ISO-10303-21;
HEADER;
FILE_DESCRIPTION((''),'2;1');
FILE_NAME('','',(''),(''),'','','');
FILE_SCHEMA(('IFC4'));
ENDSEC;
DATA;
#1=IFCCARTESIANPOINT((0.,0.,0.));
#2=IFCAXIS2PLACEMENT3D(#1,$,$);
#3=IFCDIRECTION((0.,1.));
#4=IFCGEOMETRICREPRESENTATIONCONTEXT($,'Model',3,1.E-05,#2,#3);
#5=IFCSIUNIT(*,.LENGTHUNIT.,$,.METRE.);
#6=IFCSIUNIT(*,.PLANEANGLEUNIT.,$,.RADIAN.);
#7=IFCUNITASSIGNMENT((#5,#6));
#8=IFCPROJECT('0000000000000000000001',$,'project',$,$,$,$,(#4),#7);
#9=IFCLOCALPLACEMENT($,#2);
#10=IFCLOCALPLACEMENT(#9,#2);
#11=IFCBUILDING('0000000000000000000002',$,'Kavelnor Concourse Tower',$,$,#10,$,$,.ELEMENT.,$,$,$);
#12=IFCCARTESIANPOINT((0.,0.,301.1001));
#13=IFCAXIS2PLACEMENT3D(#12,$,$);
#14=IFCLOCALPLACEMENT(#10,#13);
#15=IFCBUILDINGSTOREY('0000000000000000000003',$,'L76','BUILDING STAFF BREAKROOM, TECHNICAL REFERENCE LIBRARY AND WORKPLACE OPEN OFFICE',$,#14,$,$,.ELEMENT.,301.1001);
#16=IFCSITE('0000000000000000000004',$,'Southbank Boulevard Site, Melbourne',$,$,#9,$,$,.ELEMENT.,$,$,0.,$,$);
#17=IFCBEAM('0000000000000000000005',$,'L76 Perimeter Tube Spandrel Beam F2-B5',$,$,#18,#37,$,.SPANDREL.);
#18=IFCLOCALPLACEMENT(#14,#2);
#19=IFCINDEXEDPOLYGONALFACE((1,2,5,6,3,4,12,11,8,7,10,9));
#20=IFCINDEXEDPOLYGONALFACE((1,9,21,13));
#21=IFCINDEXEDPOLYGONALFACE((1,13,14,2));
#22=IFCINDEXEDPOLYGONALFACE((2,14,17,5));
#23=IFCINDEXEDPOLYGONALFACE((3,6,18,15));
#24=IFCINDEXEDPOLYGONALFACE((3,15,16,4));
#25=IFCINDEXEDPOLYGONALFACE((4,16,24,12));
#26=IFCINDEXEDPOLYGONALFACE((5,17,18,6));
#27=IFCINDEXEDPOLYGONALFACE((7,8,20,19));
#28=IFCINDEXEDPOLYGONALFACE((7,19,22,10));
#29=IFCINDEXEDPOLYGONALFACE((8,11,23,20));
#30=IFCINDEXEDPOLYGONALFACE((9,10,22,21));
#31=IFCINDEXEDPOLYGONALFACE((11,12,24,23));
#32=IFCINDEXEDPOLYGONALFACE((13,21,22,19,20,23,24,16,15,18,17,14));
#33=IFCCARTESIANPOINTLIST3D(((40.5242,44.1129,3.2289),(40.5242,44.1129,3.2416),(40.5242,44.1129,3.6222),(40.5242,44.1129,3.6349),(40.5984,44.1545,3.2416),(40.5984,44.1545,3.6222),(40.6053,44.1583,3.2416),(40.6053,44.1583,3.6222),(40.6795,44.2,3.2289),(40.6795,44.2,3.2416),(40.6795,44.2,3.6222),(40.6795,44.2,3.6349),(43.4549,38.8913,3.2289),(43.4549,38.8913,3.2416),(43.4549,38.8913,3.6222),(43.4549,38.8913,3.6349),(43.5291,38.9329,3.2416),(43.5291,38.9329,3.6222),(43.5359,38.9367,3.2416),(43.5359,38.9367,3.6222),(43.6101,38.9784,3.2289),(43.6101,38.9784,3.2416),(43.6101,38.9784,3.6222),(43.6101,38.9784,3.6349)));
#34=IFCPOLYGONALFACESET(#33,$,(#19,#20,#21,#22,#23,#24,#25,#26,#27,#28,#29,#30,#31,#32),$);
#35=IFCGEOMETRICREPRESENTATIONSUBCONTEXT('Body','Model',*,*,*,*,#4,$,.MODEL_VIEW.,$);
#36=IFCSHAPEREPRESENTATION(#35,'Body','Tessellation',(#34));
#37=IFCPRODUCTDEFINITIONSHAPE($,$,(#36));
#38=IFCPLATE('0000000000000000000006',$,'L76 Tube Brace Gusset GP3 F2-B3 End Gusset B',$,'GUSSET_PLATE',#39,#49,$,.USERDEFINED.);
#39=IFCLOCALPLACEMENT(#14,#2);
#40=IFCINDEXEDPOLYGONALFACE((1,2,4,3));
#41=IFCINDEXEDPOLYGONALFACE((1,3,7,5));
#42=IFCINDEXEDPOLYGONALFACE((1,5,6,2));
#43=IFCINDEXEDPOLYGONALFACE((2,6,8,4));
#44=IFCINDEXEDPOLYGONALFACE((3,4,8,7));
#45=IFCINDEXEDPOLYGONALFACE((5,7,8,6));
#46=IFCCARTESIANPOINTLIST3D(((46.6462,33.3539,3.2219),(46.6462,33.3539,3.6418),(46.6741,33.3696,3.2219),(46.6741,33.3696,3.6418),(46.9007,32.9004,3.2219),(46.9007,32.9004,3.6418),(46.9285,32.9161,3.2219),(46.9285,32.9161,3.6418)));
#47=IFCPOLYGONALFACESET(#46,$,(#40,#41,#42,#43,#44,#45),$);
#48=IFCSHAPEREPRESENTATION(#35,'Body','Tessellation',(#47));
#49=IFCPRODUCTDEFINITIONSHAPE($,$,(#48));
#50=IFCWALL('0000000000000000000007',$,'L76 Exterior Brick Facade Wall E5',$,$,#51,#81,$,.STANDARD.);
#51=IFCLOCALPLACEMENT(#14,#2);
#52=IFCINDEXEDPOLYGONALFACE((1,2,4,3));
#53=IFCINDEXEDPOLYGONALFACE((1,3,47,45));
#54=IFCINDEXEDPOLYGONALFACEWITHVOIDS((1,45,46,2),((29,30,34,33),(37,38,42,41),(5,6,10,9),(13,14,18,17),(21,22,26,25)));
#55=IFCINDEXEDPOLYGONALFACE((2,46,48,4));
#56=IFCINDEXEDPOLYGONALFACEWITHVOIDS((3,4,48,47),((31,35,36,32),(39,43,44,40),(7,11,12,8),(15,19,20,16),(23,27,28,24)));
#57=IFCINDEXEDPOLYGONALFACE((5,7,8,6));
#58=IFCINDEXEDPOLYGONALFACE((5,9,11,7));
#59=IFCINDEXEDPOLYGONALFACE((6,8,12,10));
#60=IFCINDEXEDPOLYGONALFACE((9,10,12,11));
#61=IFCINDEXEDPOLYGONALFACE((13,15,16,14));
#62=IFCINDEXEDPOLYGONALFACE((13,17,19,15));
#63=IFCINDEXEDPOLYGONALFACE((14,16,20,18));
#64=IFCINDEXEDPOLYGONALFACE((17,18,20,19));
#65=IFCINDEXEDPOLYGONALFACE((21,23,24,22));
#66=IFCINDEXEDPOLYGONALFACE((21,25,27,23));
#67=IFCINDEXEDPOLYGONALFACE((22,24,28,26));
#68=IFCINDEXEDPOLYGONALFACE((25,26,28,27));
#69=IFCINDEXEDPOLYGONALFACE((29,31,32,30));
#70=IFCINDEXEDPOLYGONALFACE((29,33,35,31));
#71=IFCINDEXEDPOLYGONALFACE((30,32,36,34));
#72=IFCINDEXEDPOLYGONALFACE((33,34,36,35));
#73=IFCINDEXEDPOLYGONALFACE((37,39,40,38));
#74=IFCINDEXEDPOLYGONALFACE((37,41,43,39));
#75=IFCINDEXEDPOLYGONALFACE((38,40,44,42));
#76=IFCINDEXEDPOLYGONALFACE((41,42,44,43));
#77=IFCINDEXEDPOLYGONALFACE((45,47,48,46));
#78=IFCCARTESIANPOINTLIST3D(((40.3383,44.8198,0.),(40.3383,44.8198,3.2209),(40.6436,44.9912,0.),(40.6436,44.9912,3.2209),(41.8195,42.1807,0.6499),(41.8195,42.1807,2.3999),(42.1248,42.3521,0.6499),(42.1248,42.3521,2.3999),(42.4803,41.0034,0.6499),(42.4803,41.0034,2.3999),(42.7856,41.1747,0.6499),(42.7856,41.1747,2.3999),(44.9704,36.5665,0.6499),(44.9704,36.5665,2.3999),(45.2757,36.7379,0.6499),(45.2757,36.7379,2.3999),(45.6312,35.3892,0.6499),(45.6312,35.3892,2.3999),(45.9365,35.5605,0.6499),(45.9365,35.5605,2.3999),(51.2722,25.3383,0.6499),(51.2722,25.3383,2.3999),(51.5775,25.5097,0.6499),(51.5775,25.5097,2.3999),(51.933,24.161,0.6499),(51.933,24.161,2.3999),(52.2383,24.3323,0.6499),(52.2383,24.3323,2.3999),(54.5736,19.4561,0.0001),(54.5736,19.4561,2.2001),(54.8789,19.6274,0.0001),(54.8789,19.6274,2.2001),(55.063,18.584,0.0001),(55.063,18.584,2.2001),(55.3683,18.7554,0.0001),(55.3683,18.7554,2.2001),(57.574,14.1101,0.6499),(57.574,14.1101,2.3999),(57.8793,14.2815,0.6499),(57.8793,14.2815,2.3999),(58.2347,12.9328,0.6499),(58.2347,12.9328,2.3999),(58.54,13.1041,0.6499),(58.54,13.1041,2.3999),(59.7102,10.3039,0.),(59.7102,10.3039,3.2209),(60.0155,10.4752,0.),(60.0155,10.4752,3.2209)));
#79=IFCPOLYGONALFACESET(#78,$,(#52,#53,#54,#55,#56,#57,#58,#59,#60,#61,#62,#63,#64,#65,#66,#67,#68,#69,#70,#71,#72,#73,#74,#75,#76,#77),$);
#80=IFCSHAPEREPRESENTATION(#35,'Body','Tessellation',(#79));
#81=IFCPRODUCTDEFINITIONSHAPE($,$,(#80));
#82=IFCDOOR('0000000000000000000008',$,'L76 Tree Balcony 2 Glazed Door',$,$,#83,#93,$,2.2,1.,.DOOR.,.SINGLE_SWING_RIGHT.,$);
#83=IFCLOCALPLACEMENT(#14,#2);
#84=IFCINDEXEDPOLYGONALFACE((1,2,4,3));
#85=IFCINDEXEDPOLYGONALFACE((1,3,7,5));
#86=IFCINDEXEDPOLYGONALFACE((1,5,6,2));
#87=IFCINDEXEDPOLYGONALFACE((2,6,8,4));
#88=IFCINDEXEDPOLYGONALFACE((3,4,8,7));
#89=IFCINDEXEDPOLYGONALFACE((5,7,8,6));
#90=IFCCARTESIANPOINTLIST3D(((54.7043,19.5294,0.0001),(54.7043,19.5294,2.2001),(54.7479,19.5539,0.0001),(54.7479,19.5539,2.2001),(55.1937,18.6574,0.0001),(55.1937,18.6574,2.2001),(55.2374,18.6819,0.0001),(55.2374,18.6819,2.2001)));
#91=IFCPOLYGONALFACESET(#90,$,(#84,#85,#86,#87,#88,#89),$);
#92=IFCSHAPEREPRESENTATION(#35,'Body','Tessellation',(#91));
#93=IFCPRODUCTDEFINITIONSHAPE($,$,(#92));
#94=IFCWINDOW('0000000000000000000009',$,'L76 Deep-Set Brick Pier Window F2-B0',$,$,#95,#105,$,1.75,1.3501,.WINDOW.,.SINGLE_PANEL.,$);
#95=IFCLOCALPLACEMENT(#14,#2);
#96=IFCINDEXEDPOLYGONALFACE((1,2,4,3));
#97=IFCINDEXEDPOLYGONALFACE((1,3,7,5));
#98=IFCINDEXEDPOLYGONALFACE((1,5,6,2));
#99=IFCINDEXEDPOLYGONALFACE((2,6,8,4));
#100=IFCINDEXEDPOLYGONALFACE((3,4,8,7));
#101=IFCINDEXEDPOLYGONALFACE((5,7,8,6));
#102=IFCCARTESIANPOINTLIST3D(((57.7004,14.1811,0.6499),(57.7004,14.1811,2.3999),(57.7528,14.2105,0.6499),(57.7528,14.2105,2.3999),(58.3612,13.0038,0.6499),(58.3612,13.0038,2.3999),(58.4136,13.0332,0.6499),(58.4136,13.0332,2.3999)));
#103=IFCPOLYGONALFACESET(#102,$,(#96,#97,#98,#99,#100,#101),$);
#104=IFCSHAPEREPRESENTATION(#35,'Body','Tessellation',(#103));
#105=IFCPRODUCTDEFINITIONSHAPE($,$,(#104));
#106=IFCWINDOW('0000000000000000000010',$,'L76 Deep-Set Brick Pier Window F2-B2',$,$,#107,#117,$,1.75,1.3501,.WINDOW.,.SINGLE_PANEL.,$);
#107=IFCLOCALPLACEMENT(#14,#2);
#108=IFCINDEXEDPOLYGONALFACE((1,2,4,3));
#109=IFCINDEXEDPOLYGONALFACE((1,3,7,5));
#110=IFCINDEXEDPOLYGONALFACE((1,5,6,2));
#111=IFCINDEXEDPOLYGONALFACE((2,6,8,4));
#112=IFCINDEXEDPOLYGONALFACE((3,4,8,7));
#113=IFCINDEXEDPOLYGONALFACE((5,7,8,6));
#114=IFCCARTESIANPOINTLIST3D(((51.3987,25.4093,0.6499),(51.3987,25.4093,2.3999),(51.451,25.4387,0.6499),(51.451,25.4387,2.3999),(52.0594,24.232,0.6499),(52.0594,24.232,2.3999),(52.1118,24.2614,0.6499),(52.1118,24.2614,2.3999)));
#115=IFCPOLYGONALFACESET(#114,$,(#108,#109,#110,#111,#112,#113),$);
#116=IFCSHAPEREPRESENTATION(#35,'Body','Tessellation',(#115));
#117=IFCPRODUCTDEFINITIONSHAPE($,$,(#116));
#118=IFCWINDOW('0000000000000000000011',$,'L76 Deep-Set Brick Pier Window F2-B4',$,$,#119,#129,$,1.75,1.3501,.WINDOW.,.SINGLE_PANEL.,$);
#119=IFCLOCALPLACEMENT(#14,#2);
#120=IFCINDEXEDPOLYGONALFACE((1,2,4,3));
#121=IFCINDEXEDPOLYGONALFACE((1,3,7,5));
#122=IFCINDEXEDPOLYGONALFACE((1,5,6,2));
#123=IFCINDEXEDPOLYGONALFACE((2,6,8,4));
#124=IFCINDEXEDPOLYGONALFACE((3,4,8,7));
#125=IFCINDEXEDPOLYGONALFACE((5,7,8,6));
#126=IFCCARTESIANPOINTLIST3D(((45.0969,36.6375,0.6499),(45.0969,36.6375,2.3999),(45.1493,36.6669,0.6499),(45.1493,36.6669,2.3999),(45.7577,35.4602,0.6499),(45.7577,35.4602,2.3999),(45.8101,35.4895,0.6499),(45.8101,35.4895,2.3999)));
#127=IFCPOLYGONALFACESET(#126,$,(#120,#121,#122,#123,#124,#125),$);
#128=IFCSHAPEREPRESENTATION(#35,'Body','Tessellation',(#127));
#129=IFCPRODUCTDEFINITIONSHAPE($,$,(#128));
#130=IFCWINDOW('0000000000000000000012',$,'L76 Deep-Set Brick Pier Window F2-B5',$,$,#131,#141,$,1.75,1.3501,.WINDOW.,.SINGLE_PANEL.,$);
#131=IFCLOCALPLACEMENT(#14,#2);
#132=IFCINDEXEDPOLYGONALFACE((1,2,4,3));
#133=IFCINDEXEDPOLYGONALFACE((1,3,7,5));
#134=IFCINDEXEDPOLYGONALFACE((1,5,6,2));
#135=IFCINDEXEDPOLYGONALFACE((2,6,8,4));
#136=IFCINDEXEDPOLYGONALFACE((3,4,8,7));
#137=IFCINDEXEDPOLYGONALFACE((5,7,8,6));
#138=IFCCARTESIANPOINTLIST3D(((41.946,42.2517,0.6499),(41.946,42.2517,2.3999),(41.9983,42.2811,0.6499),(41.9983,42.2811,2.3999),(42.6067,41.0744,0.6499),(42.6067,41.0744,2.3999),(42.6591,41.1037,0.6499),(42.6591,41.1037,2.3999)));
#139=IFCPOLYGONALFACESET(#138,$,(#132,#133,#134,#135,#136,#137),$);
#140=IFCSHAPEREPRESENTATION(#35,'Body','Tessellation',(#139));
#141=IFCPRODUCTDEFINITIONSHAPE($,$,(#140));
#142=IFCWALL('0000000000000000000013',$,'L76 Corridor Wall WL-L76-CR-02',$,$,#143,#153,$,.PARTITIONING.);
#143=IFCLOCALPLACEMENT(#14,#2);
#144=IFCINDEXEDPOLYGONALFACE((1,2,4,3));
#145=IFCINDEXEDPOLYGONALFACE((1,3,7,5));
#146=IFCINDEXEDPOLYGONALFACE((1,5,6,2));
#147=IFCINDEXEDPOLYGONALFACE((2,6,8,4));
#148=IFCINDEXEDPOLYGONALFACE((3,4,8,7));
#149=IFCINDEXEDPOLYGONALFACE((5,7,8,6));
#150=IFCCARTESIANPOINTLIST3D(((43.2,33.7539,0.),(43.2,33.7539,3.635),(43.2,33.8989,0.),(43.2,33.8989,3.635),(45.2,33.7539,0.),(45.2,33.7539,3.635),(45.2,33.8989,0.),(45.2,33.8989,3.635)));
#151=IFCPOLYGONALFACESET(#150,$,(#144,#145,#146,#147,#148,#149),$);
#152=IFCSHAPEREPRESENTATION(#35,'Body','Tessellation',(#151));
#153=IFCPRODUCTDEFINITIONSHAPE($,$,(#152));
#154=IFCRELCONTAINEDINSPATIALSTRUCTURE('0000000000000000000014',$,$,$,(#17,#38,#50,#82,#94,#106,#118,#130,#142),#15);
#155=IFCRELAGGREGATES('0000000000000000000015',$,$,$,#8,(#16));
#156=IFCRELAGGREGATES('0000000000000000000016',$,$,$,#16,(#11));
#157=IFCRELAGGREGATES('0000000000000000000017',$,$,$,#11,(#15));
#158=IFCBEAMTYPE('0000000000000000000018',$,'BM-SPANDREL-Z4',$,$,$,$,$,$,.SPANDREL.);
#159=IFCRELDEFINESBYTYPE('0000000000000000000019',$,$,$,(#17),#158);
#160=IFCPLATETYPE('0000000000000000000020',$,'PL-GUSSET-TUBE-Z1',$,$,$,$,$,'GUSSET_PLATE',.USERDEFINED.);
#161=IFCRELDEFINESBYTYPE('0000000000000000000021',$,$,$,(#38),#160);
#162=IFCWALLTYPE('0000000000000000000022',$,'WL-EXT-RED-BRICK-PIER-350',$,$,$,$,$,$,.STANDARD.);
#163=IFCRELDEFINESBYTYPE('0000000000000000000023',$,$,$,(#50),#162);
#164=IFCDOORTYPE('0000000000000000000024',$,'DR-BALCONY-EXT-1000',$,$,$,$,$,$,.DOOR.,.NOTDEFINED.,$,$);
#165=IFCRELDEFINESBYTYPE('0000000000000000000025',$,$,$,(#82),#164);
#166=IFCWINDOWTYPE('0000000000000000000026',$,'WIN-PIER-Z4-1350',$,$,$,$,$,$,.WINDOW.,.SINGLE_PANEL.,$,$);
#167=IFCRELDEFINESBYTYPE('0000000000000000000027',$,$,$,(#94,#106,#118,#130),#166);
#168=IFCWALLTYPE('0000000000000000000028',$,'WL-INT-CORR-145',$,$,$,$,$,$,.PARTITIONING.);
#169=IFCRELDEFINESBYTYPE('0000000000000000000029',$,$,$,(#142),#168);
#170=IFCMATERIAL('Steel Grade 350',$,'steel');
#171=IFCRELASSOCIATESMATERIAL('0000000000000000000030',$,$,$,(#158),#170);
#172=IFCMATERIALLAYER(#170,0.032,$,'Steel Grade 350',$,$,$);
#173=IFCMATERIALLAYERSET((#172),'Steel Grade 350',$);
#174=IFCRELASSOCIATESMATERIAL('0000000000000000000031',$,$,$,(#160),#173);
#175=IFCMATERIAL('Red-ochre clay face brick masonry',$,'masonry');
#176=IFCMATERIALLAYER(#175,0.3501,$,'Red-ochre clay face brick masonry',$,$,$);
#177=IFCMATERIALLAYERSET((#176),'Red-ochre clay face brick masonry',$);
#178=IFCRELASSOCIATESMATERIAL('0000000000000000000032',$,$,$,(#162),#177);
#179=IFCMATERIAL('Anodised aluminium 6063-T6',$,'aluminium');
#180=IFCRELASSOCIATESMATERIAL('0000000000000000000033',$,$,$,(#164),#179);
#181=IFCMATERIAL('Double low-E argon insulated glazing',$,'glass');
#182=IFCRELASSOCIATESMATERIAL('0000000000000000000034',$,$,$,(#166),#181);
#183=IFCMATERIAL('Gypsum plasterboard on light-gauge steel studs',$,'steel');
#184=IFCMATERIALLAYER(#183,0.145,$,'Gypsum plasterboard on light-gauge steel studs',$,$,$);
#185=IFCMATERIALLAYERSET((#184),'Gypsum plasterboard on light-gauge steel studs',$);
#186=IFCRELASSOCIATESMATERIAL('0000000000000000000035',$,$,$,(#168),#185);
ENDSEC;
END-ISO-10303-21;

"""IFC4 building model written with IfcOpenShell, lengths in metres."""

from ifc_helpers import new_model, si_unit, direction, frame, frame_2d, origin, origin_2d, place, context, subcontext, project, spatial, rectangle, i_section, extrude, material, layer, layer_set, material_profile, profile_set, type_object, element, fill, save


model = new_model("IFC4")

# Units and contexts
model_context = context("Model", 3, precision=1e-05, world=origin(), true_north=direction((0.0, 1.0)))
body_context = subcontext(model_context, "Body", "Model", "MODEL_VIEW")
ifc_project = project(units=[si_unit("LENGTHUNIT", "METRE"), si_unit("PLANEANGLEUNIT", "RADIAN")], contexts=[model_context])

# Site, building, storey
site_placement = place(None, origin())
site = spatial("IfcSite", under=ifc_project, at=site_placement, Name="Southbank Boulevard Site, Melbourne", CompositionType="ELEMENT", RefElevation=0.0)
building_placement = place(site_placement, origin())
building = spatial("IfcBuilding", under=site, at=building_placement, Name="Kavelnor Concourse Tower", CompositionType="ELEMENT")
storey_placement = place(building_placement, frame((0.0, 0.0, 301.1001)))
storey = spatial("IfcBuildingStorey", under=building, at=storey_placement, Name="L76", Description="BUILDING STAFF BREAKROOM, TECHNICAL REFERENCE LIBRARY AND WORKPLACE OPEN OFFICE", CompositionType="ELEMENT", Elevation=301.1001)

# Shared definitions
ifc_material_1 = material(Name="Steel Grade 350", Category="steel")

# Beam
ifc_material_profile_1 = material_profile(ifc_material_1, i_section(OverallWidth=0.178, OverallDepth=0.406, WebThickness=0.0078, FlangeThickness=0.0127, at=origin_2d()), Name="410UB59")
ifc_profile_set_1 = profile_set([ifc_material_profile_1], Name="Steel Grade 350")
beam_type_1 = type_object("IfcBeamType", Name="BM-SPANDREL-Z4", PredefinedType="SPANDREL", material=ifc_profile_set_1)
for number, where, z_axis, x_axis, name in (
    (1, (43.5325, 38.9348, 3.4319), (-0.489433, 0.872041, 0.0), (-0.872041, -0.489433, 0.0), "L76 Perimeter Tube Spandrel Beam F2-B5"),
):
    element("IfcBeam", number, at=place(storey_placement, frame(where, z_axis=z_axis, x_axis=x_axis)), inside=storey, type_object=beam_type_1, Name=name, PredefinedType="SPANDREL", context=body_context, shape_type="SweptSolid", body=[
        extrude(i_section(OverallWidth=0.178, OverallDepth=0.406, WebThickness=0.0078, FlangeThickness=0.0127, at=origin_2d()), origin(), (0.0, 0.0, 1.0), 5.9878),
    ])

# Plate
ifc_layer_1 = layer(ifc_material_1, 0.032, Name="Steel Grade 350")
ifc_layer_set_1 = layer_set([ifc_layer_1], Name="Steel Grade 350")
plate_type = type_object("IfcPlateType", Name="PL-GUSSET-TUBE-Z1", ElementType="GUSSET_PLATE", PredefinedType="USERDEFINED", material=ifc_layer_set_1)
plate_placement = place(storey_placement, frame((46.7874, 33.135, 3.2219), z_axis=(0.0, 0.0, 1.0), x_axis=(-0.489382, 0.872069, 0.0)))
element("IfcPlate", 2, at=plate_placement, inside=storey, type_object=plate_type, Name="L76 Tube Brace Gusset GP3 F2-B3 End Gusset B", ObjectType="GUSSET_PLATE", PredefinedType="USERDEFINED", context=body_context, shape_type="SweptSolid", body=[
    extrude(rectangle(XDim=0.52, YDim=0.032, at=origin_2d()), origin(), (0.0, 0.0, 1.0), 0.4199),
])

# Wall, openings, door, windows
ifc_material_2 = material(Name="Red-ochre clay face brick masonry", Category="masonry")
ifc_layer_2 = layer(ifc_material_2, 0.3501, Name="Red-ochre clay face brick masonry")
ifc_layer_set_2 = layer_set([ifc_layer_2], Name="Red-ochre clay face brick masonry")
wall_type_1 = type_object("IfcWallType", Name="WL-EXT-RED-BRICK-PIER-350", PredefinedType="STANDARD", material=ifc_layer_set_2)
wall_1_placement = place(storey_placement, frame((40.491, 44.9055, 0.0), z_axis=(0.0, 0.0, 1.0), x_axis=(0.489429, -0.872043, 0.0)))
wall_1 = element("IfcWall", 3, at=wall_1_placement, inside=storey, type_object=wall_type_1, Name="L76 Exterior Brick Facade Wall E5", PredefinedType="STANDARD", context=body_context, shape_type="SweptSolid", body=[
    extrude(rectangle(XDim=39.5806, YDim=0.3501, at=frame_2d((19.7903, 0.0))), origin(), (0.0, 0.0, 1.0), 3.2209),
])
opening_1_placement = place(wall_1_placement, frame((29.0854, 0.0, 0.0)))
opening_1 = element("IfcOpeningElement", 4, at=opening_1_placement, cuts=wall_1, PredefinedType="OPENING", context=body_context, shape_type="SweptSolid", body=[
    extrude(rectangle(XDim=1.0, YDim=2.2, at=frame_2d((0.5, 1.1001))), frame((0.0, 0.1851, 0.0), z_axis=(0.0, -1.0, 0.0), x_axis=(1.0, 0.0, 0.0)), (0.0, 0.0, 1.0), 0.3701),
])
opening_2_placement = place(wall_1_placement, frame((35.2158, 0.0, 0.6499)))
opening_2 = element("IfcOpeningElement", 5, at=opening_2_placement, cuts=wall_1, PredefinedType="OPENING", context=body_context, shape_type="SweptSolid", body=[
    extrude(rectangle(XDim=1.3501, YDim=1.75, at=frame_2d((0.675, 0.875))), frame((0.0, 0.1851, 0.0), z_axis=(0.0, -1.0, 0.0), x_axis=(1.0, 0.0, 0.0)), (0.0, 0.0, 1.0), 0.3701),
])
opening_3_placement = place(wall_1_placement, frame((22.3401, 0.0, 0.6499)))
opening_3 = element("IfcOpeningElement", 6, at=opening_3_placement, cuts=wall_1, PredefinedType="OPENING", context=body_context, shape_type="SweptSolid", body=[
    extrude(rectangle(XDim=1.3501, YDim=1.75, at=frame_2d((0.675, 0.875))), frame((0.0, 0.1851, 0.0), z_axis=(0.0, -1.0, 0.0), x_axis=(1.0, 0.0, 0.0)), (0.0, 0.0, 1.0), 0.3701),
])
opening_4_placement = place(wall_1_placement, frame((9.4644, 0.0, 0.6499)))
opening_4 = element("IfcOpeningElement", 7, at=opening_4_placement, cuts=wall_1, PredefinedType="OPENING", context=body_context, shape_type="SweptSolid", body=[
    extrude(rectangle(XDim=1.3501, YDim=1.75, at=frame_2d((0.675, 0.875))), frame((0.0, 0.1851, 0.0), z_axis=(0.0, -1.0, 0.0), x_axis=(1.0, 0.0, 0.0)), (0.0, 0.0, 1.0), 0.3701),
])
opening_5_placement = place(wall_1_placement, frame((3.0264, 0.0, 0.6499)))
opening_5 = element("IfcOpeningElement", 8, at=opening_5_placement, cuts=wall_1, PredefinedType="OPENING", context=body_context, shape_type="SweptSolid", body=[
    extrude(rectangle(XDim=1.3501, YDim=1.75, at=frame_2d((0.675, 0.875))), frame((0.0, 0.1851, 0.0), z_axis=(0.0, -1.0, 0.0), x_axis=(1.0, 0.0, 0.0)), (0.0, 0.0, 1.0), 0.3701),
])
ifc_material_3 = material(Name="Anodised aluminium 6063-T6", Category="aluminium")
door_type_1 = type_object("IfcDoorType", Name="DR-BALCONY-EXT-1000", OperationType="NOTDEFINED", PredefinedType="DOOR", material=ifc_material_3)
door_1_placement = place(opening_1_placement, origin())
door_1 = element("IfcDoor", 9, at=door_1_placement, inside=storey, type_object=door_type_1, Name="L76 Tree Balcony 2 Glazed Door", OperationType="SINGLE_SWING_RIGHT", OverallHeight=2.2, OverallWidth=1.0, PredefinedType="DOOR", context=body_context, shape_type="SweptSolid", body=[
    extrude(rectangle(XDim=1.0, YDim=2.2, at=frame_2d((0.5, 1.1001))), frame((0.0, 0.0249, 0.0), z_axis=(0.0, -1.0, 0.0), x_axis=(1.0, 0.0, 0.0)), (0.0, 0.0, 1.0), 0.05),
])
fill(opening_1, door_1)
ifc_material_4 = material(Name="Double low-E argon insulated glazing", Category="glass")
window_type = type_object("IfcWindowType", Name="WIN-PIER-Z4-1350", PartitioningType="SINGLE_PANEL", PredefinedType="WINDOW", material=ifc_material_4)
window_1_placement = place(opening_2_placement, origin())
window_1 = element("IfcWindow", 10, at=window_1_placement, inside=storey, type_object=window_type, Name="L76 Deep-Set Brick Pier Window F2-B0", OverallHeight=1.75, OverallWidth=1.3501, PartitioningType="SINGLE_PANEL", PredefinedType="WINDOW", context=body_context, shape_type="SweptSolid", body=[
    extrude(rectangle(XDim=1.3501, YDim=1.75, at=frame_2d((0.675, 0.875))), frame((0.0, 0.03, 0.0), z_axis=(0.0, -1.0, 0.0), x_axis=(1.0, 0.0, 0.0)), (0.0, 0.0, 1.0), 0.0601),
])
fill(opening_2, window_1)
window_2_placement = place(opening_3_placement, origin())
window_2 = element("IfcWindow", 11, at=window_2_placement, inside=storey, type_object=window_type, Name="L76 Deep-Set Brick Pier Window F2-B2", OverallHeight=1.75, OverallWidth=1.3501, PartitioningType="SINGLE_PANEL", PredefinedType="WINDOW", context=body_context, shape_type="SweptSolid", body=[
    extrude(rectangle(XDim=1.3501, YDim=1.75, at=frame_2d((0.675, 0.875))), frame((0.0, 0.03, 0.0), z_axis=(0.0, -1.0, 0.0), x_axis=(1.0, 0.0, 0.0)), (0.0, 0.0, 1.0), 0.0601),
])
fill(opening_3, window_2)
window_3_placement = place(opening_4_placement, origin())
window_3 = element("IfcWindow", 12, at=window_3_placement, inside=storey, type_object=window_type, Name="L76 Deep-Set Brick Pier Window F2-B4", OverallHeight=1.75, OverallWidth=1.3501, PartitioningType="SINGLE_PANEL", PredefinedType="WINDOW", context=body_context, shape_type="SweptSolid", body=[
    extrude(rectangle(XDim=1.3501, YDim=1.75, at=frame_2d((0.675, 0.875))), frame((0.0, 0.03, 0.0), z_axis=(0.0, -1.0, 0.0), x_axis=(1.0, 0.0, 0.0)), (0.0, 0.0, 1.0), 0.0601),
])
fill(opening_4, window_3)
window_4_placement = place(opening_5_placement, origin())
window_4 = element("IfcWindow", 13, at=window_4_placement, inside=storey, type_object=window_type, Name="L76 Deep-Set Brick Pier Window F2-B5", OverallHeight=1.75, OverallWidth=1.3501, PartitioningType="SINGLE_PANEL", PredefinedType="WINDOW", context=body_context, shape_type="SweptSolid", body=[
    extrude(rectangle(XDim=1.3501, YDim=1.75, at=frame_2d((0.675, 0.875))), frame((0.0, 0.03, 0.0), z_axis=(0.0, -1.0, 0.0), x_axis=(1.0, 0.0, 0.0)), (0.0, 0.0, 1.0), 0.0601),
])
fill(opening_5, window_4)

# Wall
ifc_material_5 = material(Name="Gypsum plasterboard on light-gauge steel studs", Category="steel")
ifc_layer_3 = layer(ifc_material_5, 0.145, Name="Gypsum plasterboard on light-gauge steel studs")
ifc_layer_set_3 = layer_set([ifc_layer_3], Name="Gypsum plasterboard on light-gauge steel studs")
wall_type_2 = type_object("IfcWallType", Name="WL-INT-CORR-145", PredefinedType="PARTITIONING", material=ifc_layer_set_3)
wall_2_placement = place(storey_placement, frame((43.2, 33.8264, 0.0), z_axis=(0.0, 0.0, 1.0), x_axis=(1.0, 0.0, 0.0)))
element("IfcWall", 14, at=wall_2_placement, inside=storey, type_object=wall_type_2, Name="L76 Corridor Wall WL-L76-CR-02", PredefinedType="PARTITIONING", context=body_context, shape_type="SweptSolid", body=[
    extrude(rectangle(XDim=2.0, YDim=0.145, at=frame_2d((1.0, 0.0))), origin(), (0.0, 0.0, 1.0), 3.635),
])

save(model, "model.ifc")
